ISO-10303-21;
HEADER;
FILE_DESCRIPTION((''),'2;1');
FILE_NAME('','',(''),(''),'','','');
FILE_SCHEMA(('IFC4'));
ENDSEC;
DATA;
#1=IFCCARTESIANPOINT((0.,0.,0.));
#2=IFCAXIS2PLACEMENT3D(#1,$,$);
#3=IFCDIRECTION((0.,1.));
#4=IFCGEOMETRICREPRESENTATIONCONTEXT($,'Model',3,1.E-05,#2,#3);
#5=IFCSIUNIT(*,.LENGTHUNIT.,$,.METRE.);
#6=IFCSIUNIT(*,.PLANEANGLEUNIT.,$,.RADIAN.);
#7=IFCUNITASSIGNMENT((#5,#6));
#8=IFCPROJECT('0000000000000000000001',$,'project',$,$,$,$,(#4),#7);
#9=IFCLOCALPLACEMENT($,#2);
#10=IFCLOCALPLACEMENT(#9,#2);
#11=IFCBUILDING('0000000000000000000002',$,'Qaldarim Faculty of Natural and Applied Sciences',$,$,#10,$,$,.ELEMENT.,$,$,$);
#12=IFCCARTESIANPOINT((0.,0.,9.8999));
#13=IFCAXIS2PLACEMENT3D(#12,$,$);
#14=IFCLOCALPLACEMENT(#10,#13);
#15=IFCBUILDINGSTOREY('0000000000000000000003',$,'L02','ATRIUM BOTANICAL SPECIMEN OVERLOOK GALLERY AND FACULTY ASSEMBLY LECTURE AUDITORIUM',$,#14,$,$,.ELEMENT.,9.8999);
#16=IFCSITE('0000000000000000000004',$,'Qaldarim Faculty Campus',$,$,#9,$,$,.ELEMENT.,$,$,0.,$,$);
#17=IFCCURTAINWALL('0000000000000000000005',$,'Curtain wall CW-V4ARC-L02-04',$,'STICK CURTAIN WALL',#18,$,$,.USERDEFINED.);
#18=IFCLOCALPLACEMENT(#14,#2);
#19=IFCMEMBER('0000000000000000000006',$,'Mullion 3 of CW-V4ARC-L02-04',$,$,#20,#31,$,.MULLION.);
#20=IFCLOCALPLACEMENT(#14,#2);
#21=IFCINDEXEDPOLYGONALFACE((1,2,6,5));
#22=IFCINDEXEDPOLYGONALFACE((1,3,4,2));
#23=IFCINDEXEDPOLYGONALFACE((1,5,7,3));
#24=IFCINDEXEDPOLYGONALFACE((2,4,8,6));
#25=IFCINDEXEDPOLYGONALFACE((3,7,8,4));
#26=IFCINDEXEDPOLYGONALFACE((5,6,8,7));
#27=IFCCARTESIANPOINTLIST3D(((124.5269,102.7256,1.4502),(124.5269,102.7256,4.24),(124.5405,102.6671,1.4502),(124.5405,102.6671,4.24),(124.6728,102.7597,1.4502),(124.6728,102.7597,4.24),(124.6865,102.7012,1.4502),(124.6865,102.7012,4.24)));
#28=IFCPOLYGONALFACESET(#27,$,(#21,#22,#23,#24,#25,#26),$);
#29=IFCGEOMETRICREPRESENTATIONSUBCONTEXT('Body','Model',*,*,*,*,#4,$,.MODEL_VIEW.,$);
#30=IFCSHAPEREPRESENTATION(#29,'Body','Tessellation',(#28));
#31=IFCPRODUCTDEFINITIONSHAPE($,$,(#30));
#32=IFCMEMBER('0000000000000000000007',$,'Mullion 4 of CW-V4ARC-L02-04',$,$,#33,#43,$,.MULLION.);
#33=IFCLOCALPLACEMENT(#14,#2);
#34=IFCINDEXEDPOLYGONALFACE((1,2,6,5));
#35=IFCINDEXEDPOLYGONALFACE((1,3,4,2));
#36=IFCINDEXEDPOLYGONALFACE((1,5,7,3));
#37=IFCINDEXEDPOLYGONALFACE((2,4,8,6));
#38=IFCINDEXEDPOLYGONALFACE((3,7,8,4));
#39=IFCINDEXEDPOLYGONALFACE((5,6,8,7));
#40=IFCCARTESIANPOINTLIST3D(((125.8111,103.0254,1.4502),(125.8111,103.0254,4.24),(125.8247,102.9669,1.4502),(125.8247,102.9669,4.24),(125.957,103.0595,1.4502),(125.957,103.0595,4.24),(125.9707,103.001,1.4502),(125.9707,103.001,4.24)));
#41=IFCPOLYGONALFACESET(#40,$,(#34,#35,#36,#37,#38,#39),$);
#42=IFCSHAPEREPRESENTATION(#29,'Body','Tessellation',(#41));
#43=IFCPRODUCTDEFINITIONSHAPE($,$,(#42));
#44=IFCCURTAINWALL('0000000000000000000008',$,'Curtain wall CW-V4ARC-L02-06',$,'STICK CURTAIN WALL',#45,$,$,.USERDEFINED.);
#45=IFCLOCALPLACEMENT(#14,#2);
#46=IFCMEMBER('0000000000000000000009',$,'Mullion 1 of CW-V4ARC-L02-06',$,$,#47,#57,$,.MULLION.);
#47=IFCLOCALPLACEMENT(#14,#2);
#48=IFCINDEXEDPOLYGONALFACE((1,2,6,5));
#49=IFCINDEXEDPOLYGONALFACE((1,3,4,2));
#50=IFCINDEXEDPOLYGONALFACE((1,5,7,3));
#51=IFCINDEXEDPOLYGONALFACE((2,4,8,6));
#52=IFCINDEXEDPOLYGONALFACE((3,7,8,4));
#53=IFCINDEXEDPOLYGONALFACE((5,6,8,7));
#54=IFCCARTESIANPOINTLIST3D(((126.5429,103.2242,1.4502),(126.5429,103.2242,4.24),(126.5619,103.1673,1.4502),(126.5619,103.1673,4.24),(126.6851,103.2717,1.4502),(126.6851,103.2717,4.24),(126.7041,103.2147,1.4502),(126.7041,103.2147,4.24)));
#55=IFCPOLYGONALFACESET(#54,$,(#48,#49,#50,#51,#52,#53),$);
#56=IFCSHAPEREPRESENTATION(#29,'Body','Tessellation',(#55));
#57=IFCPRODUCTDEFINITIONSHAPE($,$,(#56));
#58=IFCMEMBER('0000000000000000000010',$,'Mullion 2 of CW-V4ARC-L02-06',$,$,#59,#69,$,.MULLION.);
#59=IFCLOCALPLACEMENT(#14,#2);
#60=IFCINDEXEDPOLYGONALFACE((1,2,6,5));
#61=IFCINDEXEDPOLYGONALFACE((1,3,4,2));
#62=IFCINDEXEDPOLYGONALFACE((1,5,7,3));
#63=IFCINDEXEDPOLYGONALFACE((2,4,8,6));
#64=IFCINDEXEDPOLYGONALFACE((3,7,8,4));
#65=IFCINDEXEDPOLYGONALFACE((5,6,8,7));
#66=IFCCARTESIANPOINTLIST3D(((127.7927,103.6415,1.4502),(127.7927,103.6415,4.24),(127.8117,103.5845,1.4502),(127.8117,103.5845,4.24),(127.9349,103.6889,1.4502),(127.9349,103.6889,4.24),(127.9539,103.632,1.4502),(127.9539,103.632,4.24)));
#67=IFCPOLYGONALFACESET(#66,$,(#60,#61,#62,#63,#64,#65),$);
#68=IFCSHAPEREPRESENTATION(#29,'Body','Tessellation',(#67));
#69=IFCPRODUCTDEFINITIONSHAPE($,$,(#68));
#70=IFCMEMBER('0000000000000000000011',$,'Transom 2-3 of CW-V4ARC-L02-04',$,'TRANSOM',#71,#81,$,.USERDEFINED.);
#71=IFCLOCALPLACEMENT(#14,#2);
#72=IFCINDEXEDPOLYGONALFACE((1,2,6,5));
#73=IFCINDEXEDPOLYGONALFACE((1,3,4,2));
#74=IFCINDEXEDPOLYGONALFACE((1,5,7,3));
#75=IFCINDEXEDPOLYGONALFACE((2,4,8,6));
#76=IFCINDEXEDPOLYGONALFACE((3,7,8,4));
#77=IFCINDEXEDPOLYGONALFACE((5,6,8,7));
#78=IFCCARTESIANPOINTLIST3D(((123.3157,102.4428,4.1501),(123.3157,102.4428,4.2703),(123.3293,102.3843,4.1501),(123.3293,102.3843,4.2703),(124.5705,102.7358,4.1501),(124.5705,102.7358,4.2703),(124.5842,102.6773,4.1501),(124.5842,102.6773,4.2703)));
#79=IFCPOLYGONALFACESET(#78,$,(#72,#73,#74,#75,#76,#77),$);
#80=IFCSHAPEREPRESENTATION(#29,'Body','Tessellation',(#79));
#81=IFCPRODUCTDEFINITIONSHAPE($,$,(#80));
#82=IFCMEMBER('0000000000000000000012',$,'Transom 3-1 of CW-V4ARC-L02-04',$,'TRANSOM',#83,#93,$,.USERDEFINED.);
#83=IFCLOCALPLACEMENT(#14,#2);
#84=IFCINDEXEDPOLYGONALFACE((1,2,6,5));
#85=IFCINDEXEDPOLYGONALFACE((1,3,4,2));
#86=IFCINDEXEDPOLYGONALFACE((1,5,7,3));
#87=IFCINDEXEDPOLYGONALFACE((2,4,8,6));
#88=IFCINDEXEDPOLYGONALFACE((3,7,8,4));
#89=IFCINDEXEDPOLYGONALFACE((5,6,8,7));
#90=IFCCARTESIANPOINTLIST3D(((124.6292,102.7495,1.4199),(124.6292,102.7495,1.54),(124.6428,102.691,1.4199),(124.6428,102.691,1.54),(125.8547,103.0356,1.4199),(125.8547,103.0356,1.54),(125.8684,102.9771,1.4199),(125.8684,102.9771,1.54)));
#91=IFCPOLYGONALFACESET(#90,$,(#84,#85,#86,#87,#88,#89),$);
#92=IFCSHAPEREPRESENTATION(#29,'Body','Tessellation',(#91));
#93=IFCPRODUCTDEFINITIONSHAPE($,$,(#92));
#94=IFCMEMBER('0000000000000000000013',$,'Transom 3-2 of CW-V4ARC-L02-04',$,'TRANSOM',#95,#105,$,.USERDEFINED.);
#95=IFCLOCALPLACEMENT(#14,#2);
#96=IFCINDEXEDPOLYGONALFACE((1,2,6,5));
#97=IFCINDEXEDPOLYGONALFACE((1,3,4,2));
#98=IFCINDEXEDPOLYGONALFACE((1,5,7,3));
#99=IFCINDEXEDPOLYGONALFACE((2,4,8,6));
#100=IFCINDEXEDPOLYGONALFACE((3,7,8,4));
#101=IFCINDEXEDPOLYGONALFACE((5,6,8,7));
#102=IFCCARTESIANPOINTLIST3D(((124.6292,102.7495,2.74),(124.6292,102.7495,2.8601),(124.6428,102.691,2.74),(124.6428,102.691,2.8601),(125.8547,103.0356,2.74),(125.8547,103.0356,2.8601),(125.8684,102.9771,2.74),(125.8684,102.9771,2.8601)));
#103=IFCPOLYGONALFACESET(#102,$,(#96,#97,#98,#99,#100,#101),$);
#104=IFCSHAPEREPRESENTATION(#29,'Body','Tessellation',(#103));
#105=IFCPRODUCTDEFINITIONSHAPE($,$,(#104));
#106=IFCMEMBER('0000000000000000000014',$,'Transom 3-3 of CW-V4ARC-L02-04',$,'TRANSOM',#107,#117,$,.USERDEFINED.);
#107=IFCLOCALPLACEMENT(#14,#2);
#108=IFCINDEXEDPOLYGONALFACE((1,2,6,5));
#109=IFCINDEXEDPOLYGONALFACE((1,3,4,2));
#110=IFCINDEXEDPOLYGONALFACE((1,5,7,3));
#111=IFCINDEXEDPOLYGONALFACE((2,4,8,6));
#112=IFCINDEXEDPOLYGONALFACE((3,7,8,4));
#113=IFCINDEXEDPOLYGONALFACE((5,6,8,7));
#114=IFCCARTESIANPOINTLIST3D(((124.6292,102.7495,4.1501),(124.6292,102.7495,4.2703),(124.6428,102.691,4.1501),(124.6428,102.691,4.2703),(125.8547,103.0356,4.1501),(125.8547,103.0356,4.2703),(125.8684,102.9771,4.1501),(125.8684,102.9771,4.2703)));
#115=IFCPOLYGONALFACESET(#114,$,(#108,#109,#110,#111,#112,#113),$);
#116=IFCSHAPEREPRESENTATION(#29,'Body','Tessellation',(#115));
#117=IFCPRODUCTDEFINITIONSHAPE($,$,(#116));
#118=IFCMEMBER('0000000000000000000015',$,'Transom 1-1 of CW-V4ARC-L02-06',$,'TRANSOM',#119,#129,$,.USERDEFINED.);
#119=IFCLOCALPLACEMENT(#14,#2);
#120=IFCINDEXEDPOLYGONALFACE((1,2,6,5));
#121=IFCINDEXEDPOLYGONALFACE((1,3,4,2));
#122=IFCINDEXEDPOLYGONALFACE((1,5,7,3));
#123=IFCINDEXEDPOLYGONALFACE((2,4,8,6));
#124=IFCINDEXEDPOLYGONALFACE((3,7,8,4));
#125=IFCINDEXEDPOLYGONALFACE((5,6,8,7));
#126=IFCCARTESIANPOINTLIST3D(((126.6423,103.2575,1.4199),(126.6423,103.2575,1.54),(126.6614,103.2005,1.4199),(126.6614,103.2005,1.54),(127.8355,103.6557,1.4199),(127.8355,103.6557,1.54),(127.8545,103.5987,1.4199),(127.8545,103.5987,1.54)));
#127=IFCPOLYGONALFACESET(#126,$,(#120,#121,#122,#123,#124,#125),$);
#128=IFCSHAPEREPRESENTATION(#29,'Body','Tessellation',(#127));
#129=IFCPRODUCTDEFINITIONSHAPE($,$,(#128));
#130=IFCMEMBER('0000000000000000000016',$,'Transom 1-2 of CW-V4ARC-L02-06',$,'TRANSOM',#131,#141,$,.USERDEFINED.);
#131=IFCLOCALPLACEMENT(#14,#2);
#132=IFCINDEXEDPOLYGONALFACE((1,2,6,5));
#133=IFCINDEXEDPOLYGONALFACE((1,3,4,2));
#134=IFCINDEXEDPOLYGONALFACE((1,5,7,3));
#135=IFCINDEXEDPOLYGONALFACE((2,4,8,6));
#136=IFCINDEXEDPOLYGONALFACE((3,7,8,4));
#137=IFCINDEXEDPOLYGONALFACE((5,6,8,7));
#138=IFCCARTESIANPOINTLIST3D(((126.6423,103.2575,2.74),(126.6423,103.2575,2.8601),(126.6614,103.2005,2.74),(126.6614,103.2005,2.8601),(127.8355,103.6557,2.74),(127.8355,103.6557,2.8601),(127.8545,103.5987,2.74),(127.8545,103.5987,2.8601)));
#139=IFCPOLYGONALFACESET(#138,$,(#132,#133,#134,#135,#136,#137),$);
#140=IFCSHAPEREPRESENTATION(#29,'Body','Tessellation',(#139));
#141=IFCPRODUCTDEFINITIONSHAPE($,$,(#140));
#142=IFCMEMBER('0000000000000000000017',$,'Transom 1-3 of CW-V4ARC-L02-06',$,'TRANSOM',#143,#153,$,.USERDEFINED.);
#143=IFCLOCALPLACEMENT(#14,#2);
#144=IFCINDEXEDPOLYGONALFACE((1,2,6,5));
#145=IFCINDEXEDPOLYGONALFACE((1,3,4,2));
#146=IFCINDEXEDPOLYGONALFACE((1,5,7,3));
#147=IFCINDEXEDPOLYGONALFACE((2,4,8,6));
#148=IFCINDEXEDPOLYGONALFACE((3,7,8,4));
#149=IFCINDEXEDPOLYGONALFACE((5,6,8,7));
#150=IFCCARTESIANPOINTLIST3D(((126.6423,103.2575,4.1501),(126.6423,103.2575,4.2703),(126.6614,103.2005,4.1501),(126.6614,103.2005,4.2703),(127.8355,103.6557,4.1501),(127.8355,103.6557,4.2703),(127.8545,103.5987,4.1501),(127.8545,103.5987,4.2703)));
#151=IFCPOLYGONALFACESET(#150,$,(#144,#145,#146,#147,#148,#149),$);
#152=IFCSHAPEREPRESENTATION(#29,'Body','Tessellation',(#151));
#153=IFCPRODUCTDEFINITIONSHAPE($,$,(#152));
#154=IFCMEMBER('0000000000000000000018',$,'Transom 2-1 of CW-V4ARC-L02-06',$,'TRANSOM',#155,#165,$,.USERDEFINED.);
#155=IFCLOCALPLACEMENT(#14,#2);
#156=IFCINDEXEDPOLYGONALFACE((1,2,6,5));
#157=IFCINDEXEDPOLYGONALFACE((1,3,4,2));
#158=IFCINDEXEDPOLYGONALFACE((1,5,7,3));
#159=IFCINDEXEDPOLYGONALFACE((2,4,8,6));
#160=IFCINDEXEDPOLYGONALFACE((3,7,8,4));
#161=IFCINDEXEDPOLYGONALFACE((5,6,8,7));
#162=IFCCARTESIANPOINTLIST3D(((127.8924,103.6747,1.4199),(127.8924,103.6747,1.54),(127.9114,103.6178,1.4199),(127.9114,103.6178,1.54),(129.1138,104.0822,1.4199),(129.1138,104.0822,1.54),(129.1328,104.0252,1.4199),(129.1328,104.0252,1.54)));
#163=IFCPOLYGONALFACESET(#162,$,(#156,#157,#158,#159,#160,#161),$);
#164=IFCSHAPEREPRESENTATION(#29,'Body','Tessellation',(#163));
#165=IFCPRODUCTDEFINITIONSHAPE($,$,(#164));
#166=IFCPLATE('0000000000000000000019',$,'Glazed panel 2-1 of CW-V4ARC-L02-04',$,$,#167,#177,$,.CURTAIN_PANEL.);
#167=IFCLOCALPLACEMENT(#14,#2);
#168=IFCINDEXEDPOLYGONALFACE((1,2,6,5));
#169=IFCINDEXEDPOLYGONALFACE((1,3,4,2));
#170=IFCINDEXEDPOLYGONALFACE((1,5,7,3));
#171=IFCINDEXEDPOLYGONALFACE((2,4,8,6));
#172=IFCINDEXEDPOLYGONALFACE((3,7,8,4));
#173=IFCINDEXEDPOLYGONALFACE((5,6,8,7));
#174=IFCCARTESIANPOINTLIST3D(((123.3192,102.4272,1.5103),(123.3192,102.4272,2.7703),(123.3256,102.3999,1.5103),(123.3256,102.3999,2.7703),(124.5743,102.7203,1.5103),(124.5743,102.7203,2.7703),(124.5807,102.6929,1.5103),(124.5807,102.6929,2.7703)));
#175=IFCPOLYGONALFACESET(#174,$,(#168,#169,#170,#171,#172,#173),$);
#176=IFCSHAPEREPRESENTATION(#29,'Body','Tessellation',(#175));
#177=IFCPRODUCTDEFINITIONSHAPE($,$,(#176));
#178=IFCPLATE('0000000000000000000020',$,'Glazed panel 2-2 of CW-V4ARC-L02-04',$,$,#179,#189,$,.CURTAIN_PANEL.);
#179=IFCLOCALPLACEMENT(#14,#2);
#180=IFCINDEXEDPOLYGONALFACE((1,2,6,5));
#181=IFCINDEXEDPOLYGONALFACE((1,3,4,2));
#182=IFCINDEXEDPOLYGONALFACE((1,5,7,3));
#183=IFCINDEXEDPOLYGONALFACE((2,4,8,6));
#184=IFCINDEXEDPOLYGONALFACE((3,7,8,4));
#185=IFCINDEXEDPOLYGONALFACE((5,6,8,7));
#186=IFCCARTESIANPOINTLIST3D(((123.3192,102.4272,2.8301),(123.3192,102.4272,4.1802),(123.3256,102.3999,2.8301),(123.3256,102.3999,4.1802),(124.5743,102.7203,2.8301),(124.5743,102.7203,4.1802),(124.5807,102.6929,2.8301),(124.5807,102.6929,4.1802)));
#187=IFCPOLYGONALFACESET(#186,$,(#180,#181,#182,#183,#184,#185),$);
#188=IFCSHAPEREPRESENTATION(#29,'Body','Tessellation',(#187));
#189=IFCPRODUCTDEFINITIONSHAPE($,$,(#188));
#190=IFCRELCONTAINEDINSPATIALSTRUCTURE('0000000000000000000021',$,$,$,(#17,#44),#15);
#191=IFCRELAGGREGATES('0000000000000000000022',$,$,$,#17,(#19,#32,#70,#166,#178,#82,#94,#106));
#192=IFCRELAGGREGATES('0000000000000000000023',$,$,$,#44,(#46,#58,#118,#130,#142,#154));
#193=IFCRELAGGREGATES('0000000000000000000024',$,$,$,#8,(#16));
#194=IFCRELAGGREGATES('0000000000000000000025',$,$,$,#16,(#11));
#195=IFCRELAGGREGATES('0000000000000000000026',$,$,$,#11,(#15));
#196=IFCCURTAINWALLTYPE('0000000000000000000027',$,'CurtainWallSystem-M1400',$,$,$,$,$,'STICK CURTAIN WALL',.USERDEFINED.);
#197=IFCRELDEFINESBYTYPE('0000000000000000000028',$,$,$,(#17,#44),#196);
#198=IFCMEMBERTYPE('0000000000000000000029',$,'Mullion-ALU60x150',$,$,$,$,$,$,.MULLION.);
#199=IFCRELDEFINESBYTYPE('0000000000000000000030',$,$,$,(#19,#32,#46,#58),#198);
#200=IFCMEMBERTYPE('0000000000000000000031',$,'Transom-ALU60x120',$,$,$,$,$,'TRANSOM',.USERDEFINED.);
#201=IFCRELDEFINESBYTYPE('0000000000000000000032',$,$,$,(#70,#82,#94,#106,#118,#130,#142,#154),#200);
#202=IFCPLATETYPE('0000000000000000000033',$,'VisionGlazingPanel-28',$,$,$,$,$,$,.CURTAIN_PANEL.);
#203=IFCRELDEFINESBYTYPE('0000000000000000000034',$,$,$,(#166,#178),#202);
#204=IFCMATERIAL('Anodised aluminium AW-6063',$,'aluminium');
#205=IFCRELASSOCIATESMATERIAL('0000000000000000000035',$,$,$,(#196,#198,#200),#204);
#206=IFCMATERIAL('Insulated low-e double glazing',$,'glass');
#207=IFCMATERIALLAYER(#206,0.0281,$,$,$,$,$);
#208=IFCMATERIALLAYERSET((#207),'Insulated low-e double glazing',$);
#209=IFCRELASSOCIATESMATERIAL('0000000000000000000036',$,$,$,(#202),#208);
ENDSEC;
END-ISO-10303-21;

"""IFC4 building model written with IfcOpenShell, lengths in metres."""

from ifc_helpers import new_model, si_unit, direction, frame, origin, origin_2d, place, context, subcontext, project, spatial, rectangle, extrude, material, layer, layer_set, material_profile, profile_set, type_object, element, aggregate, save


model = new_model("IFC4")

# Units and contexts
model_context = context("Model", 3, precision=1e-05, world=origin(), true_north=direction((0.0, 1.0)))
body_context = subcontext(model_context, "Body", "Model", "MODEL_VIEW")
ifc_project = project(units=[si_unit("LENGTHUNIT", "METRE"), si_unit("PLANEANGLEUNIT", "RADIAN")], contexts=[model_context])

# Site, building, storey
site_placement = place(None, origin())
site = spatial("IfcSite", under=ifc_project, at=site_placement, Name="Qaldarim Faculty Campus", CompositionType="ELEMENT", RefElevation=0.0)
building_placement = place(site_placement, origin())
building = spatial("IfcBuilding", under=site, at=building_placement, Name="Qaldarim Faculty of Natural and Applied Sciences", CompositionType="ELEMENT")
storey_placement = place(building_placement, frame((0.0, 0.0, 9.8999)))
storey = spatial("IfcBuildingStorey", under=building, at=storey_placement, Name="L02", Description="ATRIUM BOTANICAL SPECIMEN OVERLOOK GALLERY AND FACULTY ASSEMBLY LECTURE AUDITORIUM", CompositionType="ELEMENT", Elevation=9.8999)

# Curtain walls, members
ifc_material_1 = material(Name="Anodised aluminium AW-6063", Category="aluminium")
curtain_wall_type = type_object("IfcCurtainWallType", Name="CurtainWallSystem-M1400", ElementType="STICK CURTAIN WALL", PredefinedType="USERDEFINED", material=ifc_material_1)
curtain_wall_1_placement = place(storey_placement, origin())
curtain_wall_1 = element("IfcCurtainWall", 1, at=curtain_wall_1_placement, inside=storey, type_object=curtain_wall_type, Name="Curtain wall CW-V4ARC-L02-04", ObjectType="STICK CURTAIN WALL", PredefinedType="USERDEFINED")
ifc_material_profile_1 = material_profile(ifc_material_1, rectangle(XDim=0.0601, YDim=0.1499, at=origin_2d()), Name="ALU-M60x150")
ifc_profile_set_1 = profile_set([ifc_material_profile_1], Name="Anodised aluminium AW-6063")
member_type_1 = type_object("IfcMemberType", Name="Mullion-ALU60x150", PredefinedType="MULLION", material=ifc_profile_set_1)
member_1_placement = place(storey_placement, frame((124.6067, 102.7134, 1.4502), z_axis=(0.0, 0.0, 1.0), x_axis=(-0.227382, 0.973806, 0.0)))
member_1 = element("IfcMember", 2, at=member_1_placement, type_object=member_type_1, Name="Mullion 3 of CW-V4ARC-L02-04", PredefinedType="MULLION", context=body_context, shape_type="SweptSolid", body=[
    extrude(rectangle(XDim=0.0601, YDim=0.1499, at=origin_2d()), origin(), (0.0, 0.0, 1.0), 2.7898),
])
member_2_placement = place(storey_placement, frame((125.8909, 103.0132, 1.4502), z_axis=(0.0, 0.0, 1.0), x_axis=(-0.227382, 0.973806, 0.0)))
member_2 = element("IfcMember", 3, at=member_2_placement, type_object=member_type_1, Name="Mullion 4 of CW-V4ARC-L02-04", PredefinedType="MULLION", context=body_context, shape_type="SweptSolid", body=[
    extrude(rectangle(XDim=0.0601, YDim=0.1499, at=origin_2d()), origin(), (0.0, 0.0, 1.0), 2.7898),
])
curtain_wall_2_placement = place(storey_placement, origin())
curtain_wall_2 = element("IfcCurtainWall", 4, at=curtain_wall_2_placement, inside=storey, type_object=curtain_wall_type, Name="Curtain wall CW-V4ARC-L02-06", ObjectType="STICK CURTAIN WALL", PredefinedType="USERDEFINED")
member_3_placement = place(storey_placement, frame((126.6235, 103.2195, 1.4502), z_axis=(0.0, 0.0, 1.0), x_axis=(-0.316593, 0.948562, 0.0)))
member_3 = element("IfcMember", 5, at=member_3_placement, type_object=member_type_1, Name="Mullion 1 of CW-V4ARC-L02-06", PredefinedType="MULLION", context=body_context, shape_type="SweptSolid", body=[
    extrude(rectangle(XDim=0.0601, YDim=0.1499, at=origin_2d()), origin(), (0.0, 0.0, 1.0), 2.7898),
])
member_4_placement = place(storey_placement, frame((127.8733, 103.6367, 1.4502), z_axis=(0.0, 0.0, 1.0), x_axis=(-0.316593, 0.948562, 0.0)))
member_4 = element("IfcMember", 6, at=member_4_placement, type_object=member_type_1, Name="Mullion 2 of CW-V4ARC-L02-06", PredefinedType="MULLION", context=body_context, shape_type="SweptSolid", body=[
    extrude(rectangle(XDim=0.0601, YDim=0.1499, at=origin_2d()), origin(), (0.0, 0.0, 1.0), 2.7898),
])

# Members
ifc_material_profile_2 = material_profile(ifc_material_1, rectangle(XDim=0.0601, YDim=0.1201, at=origin_2d()), Name="ALU-T60x120")
ifc_profile_set_2 = profile_set([ifc_material_profile_2], Name="Anodised aluminium AW-6063")
member_type_2 = type_object("IfcMemberType", Name="Transom-ALU60x120", ElementType="TRANSOM", PredefinedType="USERDEFINED", material=ifc_profile_set_2)
member_5_placement = place(storey_placement, frame((123.3225, 102.4136, 4.2102), z_axis=(0.973813, 0.227349, 0.0), x_axis=(-0.227349, 0.973813, 0.0)))
member_5 = element("IfcMember", 7, at=member_5_placement, type_object=member_type_2, Name="Transom 2-3 of CW-V4ARC-L02-04", ObjectType="TRANSOM", PredefinedType="USERDEFINED", context=body_context, shape_type="SweptSolid", body=[
    extrude(rectangle(XDim=0.0601, YDim=0.1201, at=origin_2d()), origin(), (0.0, 0.0, 1.0), 1.2886),
])
member_6_placement = place(storey_placement, frame((124.636, 102.7202, 1.48), z_axis=(0.973813, 0.227352, 0.0), x_axis=(-0.227352, 0.973813, 0.0)))
member_6 = element("IfcMember", 8, at=member_6_placement, type_object=member_type_2, Name="Transom 3-1 of CW-V4ARC-L02-04", ObjectType="TRANSOM", PredefinedType="USERDEFINED", context=body_context, shape_type="SweptSolid", body=[
    extrude(rectangle(XDim=0.0601, YDim=0.1201, at=origin_2d()), origin(), (0.0, 0.0, 1.0), 1.2585),
])
member_7_placement = place(storey_placement, frame((124.636, 102.7202, 2.8), z_axis=(0.973813, 0.227352, 0.0), x_axis=(-0.227352, 0.973813, 0.0)))
member_7 = element("IfcMember", 9, at=member_7_placement, type_object=member_type_2, Name="Transom 3-2 of CW-V4ARC-L02-04", ObjectType="TRANSOM", PredefinedType="USERDEFINED", context=body_context, shape_type="SweptSolid", body=[
    extrude(rectangle(XDim=0.0601, YDim=0.1201, at=origin_2d()), origin(), (0.0, 0.0, 1.0), 1.2585),
])
member_8_placement = place(storey_placement, frame((124.636, 102.7202, 4.2102), z_axis=(0.973813, 0.227352, 0.0), x_axis=(-0.227352, 0.973813, 0.0)))
member_8 = element("IfcMember", 10, at=member_8_placement, type_object=member_type_2, Name="Transom 3-3 of CW-V4ARC-L02-04", ObjectType="TRANSOM", PredefinedType="USERDEFINED", context=body_context, shape_type="SweptSolid", body=[
    extrude(rectangle(XDim=0.0601, YDim=0.1201, at=origin_2d()), origin(), (0.0, 0.0, 1.0), 1.2585),
])
member_9_placement = place(storey_placement, frame((126.6519, 103.229, 1.48), z_axis=(0.948567, 0.316577, 0.0), x_axis=(-0.316577, 0.948567, 0.0)))
member_9 = element("IfcMember", 11, at=member_9_placement, type_object=member_type_2, Name="Transom 1-1 of CW-V4ARC-L02-06", ObjectType="TRANSOM", PredefinedType="USERDEFINED", context=body_context, shape_type="SweptSolid", body=[
    extrude(rectangle(XDim=0.0601, YDim=0.1201, at=origin_2d()), origin(), (0.0, 0.0, 1.0), 1.2578),
])
member_10_placement = place(storey_placement, frame((126.6519, 103.229, 2.8), z_axis=(0.948567, 0.316577, 0.0), x_axis=(-0.316577, 0.948567, 0.0)))
member_10 = element("IfcMember", 12, at=member_10_placement, type_object=member_type_2, Name="Transom 1-2 of CW-V4ARC-L02-06", ObjectType="TRANSOM", PredefinedType="USERDEFINED", context=body_context, shape_type="SweptSolid", body=[
    extrude(rectangle(XDim=0.0601, YDim=0.1201, at=origin_2d()), origin(), (0.0, 0.0, 1.0), 1.2578),
])
member_11_placement = place(storey_placement, frame((126.6519, 103.229, 4.2102), z_axis=(0.948567, 0.316577, 0.0), x_axis=(-0.316577, 0.948567, 0.0)))
member_11 = element("IfcMember", 13, at=member_11_placement, type_object=member_type_2, Name="Transom 1-3 of CW-V4ARC-L02-06", ObjectType="TRANSOM", PredefinedType="USERDEFINED", context=body_context, shape_type="SweptSolid", body=[
    extrude(rectangle(XDim=0.0601, YDim=0.1201, at=origin_2d()), origin(), (0.0, 0.0, 1.0), 1.2578),
])
member_12_placement = place(storey_placement, frame((127.9019, 103.6462, 1.48), z_axis=(0.948607, 0.316455, 0.0), x_axis=(-0.316455, 0.948607, 0.0)))
member_12 = element("IfcMember", 14, at=member_12_placement, type_object=member_type_2, Name="Transom 2-1 of CW-V4ARC-L02-06", ObjectType="TRANSOM", PredefinedType="USERDEFINED", context=body_context, shape_type="SweptSolid", body=[
    extrude(rectangle(XDim=0.0601, YDim=0.1201, at=origin_2d()), origin(), (0.0, 0.0, 1.0), 1.2876),
])

# Plates
ifc_material_2 = material(Name="Insulated low-e double glazing", Category="glass")
ifc_layer_1 = layer(ifc_material_2, 0.0281)
ifc_layer_set_1 = layer_set([ifc_layer_1], Name="Insulated low-e double glazing")
plate_type = type_object("IfcPlateType", Name="VisionGlazingPanel-28", PredefinedType="CURTAIN_PANEL", material=ifc_layer_set_1)
plate_1_placement = place(storey_placement, frame((123.95, 102.5601, 1.5103), z_axis=(0.0, 0.0, 1.0), x_axis=(0.973806, 0.227382, 0.0)))
plate_1 = element("IfcPlate", 15, at=plate_1_placement, type_object=plate_type, Name="Glazed panel 2-1 of CW-V4ARC-L02-04", PredefinedType="CURTAIN_PANEL", context=body_context, shape_type="SweptSolid", body=[
    extrude(rectangle(XDim=1.2888, YDim=0.0281, at=origin_2d()), origin(), (0.0, 0.0, 1.0), 1.26),
])
plate_2_placement = place(storey_placement, frame((123.95, 102.5601, 2.8301), z_axis=(0.0, 0.0, 1.0), x_axis=(0.973806, 0.227382, 0.0)))
plate_2 = element("IfcPlate", 16, at=plate_2_placement, type_object=plate_type, Name="Glazed panel 2-2 of CW-V4ARC-L02-04", PredefinedType="CURTAIN_PANEL", context=body_context, shape_type="SweptSolid", body=[
    extrude(rectangle(XDim=1.2888, YDim=0.0281, at=origin_2d()), origin(), (0.0, 0.0, 1.0), 1.3501),
])
aggregate(curtain_wall_1, [member_1, member_2, member_5, plate_1, plate_2, member_6, member_7, member_8])
aggregate(curtain_wall_2, [member_3, member_4, member_9, member_10, member_11, member_12])

save(model, "model.ifc")
